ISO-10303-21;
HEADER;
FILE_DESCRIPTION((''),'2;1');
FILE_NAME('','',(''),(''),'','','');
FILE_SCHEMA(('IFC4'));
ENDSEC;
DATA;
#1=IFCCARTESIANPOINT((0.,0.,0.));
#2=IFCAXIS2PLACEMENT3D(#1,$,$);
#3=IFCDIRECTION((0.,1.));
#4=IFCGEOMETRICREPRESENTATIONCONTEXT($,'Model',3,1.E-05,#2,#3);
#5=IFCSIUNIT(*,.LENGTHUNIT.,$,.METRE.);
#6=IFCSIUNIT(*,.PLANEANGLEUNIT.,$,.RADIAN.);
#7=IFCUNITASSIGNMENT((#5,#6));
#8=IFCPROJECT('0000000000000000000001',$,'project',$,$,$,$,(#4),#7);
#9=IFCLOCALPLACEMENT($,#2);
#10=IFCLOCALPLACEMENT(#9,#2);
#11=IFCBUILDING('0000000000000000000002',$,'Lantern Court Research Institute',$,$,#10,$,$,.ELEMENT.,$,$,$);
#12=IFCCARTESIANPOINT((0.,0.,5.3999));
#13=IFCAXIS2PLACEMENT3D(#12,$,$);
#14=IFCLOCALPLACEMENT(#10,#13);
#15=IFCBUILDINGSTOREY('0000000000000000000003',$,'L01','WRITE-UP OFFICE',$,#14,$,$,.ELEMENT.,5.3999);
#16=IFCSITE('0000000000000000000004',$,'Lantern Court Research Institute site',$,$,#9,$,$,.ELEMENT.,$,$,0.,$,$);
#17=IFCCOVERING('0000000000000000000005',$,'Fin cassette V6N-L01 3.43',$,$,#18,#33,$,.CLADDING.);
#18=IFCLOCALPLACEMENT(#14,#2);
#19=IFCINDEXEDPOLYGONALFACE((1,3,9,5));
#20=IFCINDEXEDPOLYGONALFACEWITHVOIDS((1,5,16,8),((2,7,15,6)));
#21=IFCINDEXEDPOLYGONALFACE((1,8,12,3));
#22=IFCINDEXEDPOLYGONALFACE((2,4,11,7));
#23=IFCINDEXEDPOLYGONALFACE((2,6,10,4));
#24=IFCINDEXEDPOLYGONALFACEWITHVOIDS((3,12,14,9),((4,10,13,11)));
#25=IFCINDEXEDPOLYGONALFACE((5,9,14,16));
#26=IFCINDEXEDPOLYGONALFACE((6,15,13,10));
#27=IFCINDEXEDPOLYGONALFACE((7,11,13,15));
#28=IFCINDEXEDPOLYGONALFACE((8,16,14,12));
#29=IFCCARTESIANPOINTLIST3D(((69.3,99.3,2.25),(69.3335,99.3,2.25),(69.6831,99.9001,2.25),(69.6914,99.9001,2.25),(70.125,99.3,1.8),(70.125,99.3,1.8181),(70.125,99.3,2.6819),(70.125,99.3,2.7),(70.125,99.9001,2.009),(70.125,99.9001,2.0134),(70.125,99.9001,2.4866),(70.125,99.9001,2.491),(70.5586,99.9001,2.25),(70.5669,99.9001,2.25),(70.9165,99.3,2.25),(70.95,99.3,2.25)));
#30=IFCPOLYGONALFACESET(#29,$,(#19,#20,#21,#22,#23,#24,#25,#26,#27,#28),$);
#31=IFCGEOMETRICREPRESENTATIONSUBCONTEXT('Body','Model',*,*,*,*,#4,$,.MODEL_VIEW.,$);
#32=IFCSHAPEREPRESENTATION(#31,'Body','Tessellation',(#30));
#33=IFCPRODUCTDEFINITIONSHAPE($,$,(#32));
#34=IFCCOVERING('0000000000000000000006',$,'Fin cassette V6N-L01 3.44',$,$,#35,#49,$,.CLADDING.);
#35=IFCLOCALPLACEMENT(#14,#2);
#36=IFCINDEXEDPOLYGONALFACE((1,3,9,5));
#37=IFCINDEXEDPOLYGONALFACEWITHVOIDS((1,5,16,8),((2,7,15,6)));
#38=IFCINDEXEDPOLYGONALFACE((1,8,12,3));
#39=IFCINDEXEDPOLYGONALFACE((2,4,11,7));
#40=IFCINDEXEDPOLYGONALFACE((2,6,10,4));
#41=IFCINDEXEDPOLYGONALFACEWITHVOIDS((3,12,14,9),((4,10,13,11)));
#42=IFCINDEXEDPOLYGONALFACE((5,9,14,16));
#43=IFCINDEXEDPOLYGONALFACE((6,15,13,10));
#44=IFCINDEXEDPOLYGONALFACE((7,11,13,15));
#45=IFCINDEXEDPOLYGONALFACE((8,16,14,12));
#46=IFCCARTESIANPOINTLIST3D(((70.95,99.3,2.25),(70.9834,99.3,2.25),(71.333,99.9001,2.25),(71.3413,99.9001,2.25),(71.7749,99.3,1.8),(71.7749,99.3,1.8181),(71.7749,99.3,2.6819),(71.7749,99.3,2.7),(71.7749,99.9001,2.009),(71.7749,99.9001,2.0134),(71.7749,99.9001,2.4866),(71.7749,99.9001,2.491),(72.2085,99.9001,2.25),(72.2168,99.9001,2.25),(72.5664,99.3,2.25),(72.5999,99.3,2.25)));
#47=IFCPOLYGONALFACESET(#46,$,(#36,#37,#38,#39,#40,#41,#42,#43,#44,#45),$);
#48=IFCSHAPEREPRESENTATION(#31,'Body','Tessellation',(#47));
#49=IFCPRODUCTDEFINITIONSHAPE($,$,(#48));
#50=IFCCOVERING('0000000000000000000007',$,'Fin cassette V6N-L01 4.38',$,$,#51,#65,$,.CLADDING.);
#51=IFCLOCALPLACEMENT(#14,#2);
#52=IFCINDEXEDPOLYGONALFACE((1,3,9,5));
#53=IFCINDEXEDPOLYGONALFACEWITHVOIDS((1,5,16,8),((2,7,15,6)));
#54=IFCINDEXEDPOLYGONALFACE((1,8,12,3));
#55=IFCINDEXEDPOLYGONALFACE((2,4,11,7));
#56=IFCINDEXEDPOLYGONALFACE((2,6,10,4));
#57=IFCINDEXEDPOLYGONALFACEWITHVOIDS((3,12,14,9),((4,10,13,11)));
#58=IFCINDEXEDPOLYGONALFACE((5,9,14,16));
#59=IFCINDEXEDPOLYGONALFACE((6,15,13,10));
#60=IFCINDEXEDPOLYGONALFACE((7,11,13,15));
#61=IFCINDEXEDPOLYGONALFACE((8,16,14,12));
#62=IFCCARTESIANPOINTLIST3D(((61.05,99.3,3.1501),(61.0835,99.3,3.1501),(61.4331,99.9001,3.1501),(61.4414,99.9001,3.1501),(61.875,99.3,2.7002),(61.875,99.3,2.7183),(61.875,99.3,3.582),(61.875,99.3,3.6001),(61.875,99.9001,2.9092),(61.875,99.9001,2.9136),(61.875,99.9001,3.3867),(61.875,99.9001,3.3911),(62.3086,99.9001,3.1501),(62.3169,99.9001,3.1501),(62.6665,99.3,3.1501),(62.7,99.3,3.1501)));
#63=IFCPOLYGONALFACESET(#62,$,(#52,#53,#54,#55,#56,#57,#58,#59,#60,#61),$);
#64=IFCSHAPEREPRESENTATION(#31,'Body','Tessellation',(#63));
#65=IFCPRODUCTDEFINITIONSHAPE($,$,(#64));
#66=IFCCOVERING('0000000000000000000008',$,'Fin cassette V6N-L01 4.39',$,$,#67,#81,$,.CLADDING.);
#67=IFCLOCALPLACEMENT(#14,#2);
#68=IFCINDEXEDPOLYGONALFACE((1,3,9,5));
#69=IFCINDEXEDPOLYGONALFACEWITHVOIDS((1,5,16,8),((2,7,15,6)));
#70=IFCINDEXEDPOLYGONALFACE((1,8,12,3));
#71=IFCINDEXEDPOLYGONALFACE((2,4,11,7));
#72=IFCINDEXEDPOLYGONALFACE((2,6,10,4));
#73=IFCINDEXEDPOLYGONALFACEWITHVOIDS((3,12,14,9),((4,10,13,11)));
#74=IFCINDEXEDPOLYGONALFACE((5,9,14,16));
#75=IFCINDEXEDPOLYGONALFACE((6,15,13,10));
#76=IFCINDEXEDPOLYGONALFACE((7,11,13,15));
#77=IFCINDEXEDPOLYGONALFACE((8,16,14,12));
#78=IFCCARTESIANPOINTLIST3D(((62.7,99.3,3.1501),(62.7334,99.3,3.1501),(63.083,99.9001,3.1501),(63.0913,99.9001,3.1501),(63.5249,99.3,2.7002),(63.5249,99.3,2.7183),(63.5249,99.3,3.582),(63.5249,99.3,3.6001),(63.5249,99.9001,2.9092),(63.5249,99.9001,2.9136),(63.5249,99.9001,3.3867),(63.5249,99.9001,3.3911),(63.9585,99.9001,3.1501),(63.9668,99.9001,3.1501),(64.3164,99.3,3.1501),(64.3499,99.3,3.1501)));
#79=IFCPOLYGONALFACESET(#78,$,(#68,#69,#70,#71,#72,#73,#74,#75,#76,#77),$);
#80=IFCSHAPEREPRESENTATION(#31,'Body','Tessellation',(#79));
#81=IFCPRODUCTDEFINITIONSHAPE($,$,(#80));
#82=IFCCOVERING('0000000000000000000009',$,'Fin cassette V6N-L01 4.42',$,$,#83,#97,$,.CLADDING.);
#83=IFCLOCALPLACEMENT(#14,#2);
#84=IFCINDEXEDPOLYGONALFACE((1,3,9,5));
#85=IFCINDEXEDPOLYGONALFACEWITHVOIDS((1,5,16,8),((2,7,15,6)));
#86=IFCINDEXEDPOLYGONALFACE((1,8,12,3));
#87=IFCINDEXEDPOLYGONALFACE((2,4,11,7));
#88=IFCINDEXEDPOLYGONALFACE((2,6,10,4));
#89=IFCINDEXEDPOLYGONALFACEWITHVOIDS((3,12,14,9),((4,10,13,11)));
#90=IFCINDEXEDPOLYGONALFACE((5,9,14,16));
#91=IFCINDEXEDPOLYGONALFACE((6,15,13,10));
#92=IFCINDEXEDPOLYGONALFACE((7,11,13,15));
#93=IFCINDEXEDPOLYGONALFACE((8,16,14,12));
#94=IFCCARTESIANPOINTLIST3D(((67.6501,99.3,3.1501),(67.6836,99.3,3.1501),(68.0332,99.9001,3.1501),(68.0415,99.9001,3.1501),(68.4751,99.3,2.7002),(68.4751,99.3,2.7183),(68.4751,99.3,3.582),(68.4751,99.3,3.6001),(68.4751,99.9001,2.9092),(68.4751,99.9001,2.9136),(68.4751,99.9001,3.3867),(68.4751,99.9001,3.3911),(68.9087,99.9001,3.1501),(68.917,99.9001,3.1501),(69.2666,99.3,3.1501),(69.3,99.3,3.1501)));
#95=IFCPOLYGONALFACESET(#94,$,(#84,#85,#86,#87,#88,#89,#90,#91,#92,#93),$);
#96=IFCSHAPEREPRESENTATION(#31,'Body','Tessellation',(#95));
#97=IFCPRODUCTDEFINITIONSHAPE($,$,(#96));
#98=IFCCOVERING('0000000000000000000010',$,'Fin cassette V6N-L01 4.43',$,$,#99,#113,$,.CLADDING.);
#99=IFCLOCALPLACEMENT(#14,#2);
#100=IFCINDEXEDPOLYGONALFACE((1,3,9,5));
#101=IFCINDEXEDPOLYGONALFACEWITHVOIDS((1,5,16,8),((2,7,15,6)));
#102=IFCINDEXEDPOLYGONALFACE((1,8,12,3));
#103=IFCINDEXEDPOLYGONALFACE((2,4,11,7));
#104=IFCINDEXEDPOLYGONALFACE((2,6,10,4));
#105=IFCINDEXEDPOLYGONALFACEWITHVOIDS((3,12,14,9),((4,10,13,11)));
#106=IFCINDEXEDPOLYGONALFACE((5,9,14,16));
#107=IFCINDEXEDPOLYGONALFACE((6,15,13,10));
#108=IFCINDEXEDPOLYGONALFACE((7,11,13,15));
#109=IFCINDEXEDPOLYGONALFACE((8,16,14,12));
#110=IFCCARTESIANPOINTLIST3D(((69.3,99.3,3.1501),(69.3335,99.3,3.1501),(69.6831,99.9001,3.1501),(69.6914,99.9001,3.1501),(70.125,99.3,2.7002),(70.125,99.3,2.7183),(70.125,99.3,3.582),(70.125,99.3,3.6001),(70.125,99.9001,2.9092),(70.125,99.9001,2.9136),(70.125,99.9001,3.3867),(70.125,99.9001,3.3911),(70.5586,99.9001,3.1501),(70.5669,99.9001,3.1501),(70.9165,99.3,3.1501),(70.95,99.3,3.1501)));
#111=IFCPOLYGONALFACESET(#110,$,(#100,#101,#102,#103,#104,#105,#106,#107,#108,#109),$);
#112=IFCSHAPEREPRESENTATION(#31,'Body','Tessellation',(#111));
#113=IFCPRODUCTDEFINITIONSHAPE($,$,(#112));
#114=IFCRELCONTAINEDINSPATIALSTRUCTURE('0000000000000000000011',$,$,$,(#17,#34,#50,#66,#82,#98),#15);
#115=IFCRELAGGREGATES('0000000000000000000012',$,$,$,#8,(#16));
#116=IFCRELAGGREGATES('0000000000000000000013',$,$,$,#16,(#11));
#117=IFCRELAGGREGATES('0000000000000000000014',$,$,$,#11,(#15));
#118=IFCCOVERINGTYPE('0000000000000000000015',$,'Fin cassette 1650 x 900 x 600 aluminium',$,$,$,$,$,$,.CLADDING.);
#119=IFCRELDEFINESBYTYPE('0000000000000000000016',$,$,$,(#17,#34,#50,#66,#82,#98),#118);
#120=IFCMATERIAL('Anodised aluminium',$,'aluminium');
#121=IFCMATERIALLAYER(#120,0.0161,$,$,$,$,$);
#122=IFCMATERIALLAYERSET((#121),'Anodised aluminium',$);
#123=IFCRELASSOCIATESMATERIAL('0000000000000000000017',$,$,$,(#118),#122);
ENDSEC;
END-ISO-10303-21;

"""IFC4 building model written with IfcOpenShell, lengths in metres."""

from ifc_helpers import new_model, entity, si_unit, direction, frame, origin, place, context, subcontext, project, spatial, material, layer, layer_set, type_object, element, save


model = new_model("IFC4")

# Units and contexts
model_context = context("Model", 3, precision=1e-05, world=origin(), true_north=direction((0.0, 1.0)))
body_context = subcontext(model_context, "Body", "Model", "MODEL_VIEW")
ifc_project = project(units=[si_unit("LENGTHUNIT", "METRE"), si_unit("PLANEANGLEUNIT", "RADIAN")], contexts=[model_context])

# Site, building, storey
site_placement = place(None, origin())
site = spatial("IfcSite", under=ifc_project, at=site_placement, Name="Lantern Court Research Institute site", CompositionType="ELEMENT", RefElevation=0.0)
building_placement = place(site_placement, origin())
building = spatial("IfcBuilding", under=site, at=building_placement, Name="Lantern Court Research Institute", CompositionType="ELEMENT")
storey_placement = place(building_placement, frame((0.0, 0.0, 5.3999)))
storey = spatial("IfcBuildingStorey", under=building, at=storey_placement, Name="L01", Description="WRITE-UP OFFICE", CompositionType="ELEMENT", Elevation=5.3999)

# Coverings
ifc_material_1 = material(Name="Anodised aluminium", Category="aluminium")
ifc_layer_1 = layer(ifc_material_1, 0.0161)
ifc_layer_set_1 = layer_set([ifc_layer_1], Name="Anodised aluminium")
covering_type_1 = type_object("IfcCoveringType", Name="Fin cassette 1650 x 900 x 600 aluminium", PredefinedType="CLADDING", material=ifc_layer_set_1)
covering_1_placement = place(storey_placement, frame((70.125, 99.3, 2.25), z_axis=(0.0, 1.0, 0.0), x_axis=(-1.0, 0.0, 0.0)))
cartesian_point_1 = entity("IfcCartesianPoint", [0.825, 0.0])
cartesian_point_2 = entity("IfcCartesianPoint", [0.7915, 0.0])
cartesian_point_3 = entity("IfcCartesianPoint", [0.4419, 0.0])
cartesian_point_4 = entity("IfcCartesianPoint", [0.4336, 0.0])
element("IfcCovering", 1, at=covering_1_placement, inside=storey, type_object=covering_type_1, Name="Fin cassette V6N-L01 3.43", PredefinedType="CLADDING", context=body_context, shape_type="SweptSolid", body=[
    entity("IfcExtrudedAreaSolidTapered", entity("IfcArbitraryProfileDefWithVoids", "AREA", None, entity("IfcPolyline", [cartesian_point_1, entity("IfcCartesianPoint", [0.0, 0.45]), entity("IfcCartesianPoint", [-0.825, 0.0]), entity("IfcCartesianPoint", [0.0, -0.45]), cartesian_point_1]), [entity("IfcPolyline", [cartesian_point_2, entity("IfcCartesianPoint", [0.0, 0.4319]), entity("IfcCartesianPoint", [-0.7915, 0.0]), entity("IfcCartesianPoint", [0.0, -0.4319]), cartesian_point_2])]), entity("IfcAxis2Placement3D", entity("IfcCartesianPoint", [0.0, 0.0, 0.0])), entity("IfcDirection", [0.0, 0.0, 1.0]), 0.6001, entity("IfcArbitraryProfileDefWithVoids", "AREA", None, entity("IfcPolyline", [cartesian_point_3, entity("IfcCartesianPoint", [0.0, 0.241]), entity("IfcCartesianPoint", [-0.4419, 0.0]), entity("IfcCartesianPoint", [0.0, -0.241]), cartesian_point_3]), [entity("IfcPolyline", [cartesian_point_4, entity("IfcCartesianPoint", [0.0, 0.2366]), entity("IfcCartesianPoint", [-0.4336, 0.0]), entity("IfcCartesianPoint", [0.0, -0.2366]), cartesian_point_4])])),
])
covering_2_placement = place(storey_placement, frame((71.7749, 99.3, 2.25), z_axis=(0.0, 1.0, 0.0), x_axis=(-1.0, 0.0, 0.0)))
cartesian_point_5 = entity("IfcCartesianPoint", [0.825, 0.0])
cartesian_point_6 = entity("IfcCartesianPoint", [0.7915, 0.0])
cartesian_point_7 = entity("IfcCartesianPoint", [0.4419, 0.0])
cartesian_point_8 = entity("IfcCartesianPoint", [0.4336, 0.0])
element("IfcCovering", 2, at=covering_2_placement, inside=storey, type_object=covering_type_1, Name="Fin cassette V6N-L01 3.44", PredefinedType="CLADDING", context=body_context, shape_type="SweptSolid", body=[
    entity("IfcExtrudedAreaSolidTapered", entity("IfcArbitraryProfileDefWithVoids", "AREA", None, entity("IfcPolyline", [cartesian_point_5, entity("IfcCartesianPoint", [0.0, 0.45]), entity("IfcCartesianPoint", [-0.825, 0.0]), entity("IfcCartesianPoint", [0.0, -0.45]), cartesian_point_5]), [entity("IfcPolyline", [cartesian_point_6, entity("IfcCartesianPoint", [0.0, 0.4319]), entity("IfcCartesianPoint", [-0.7915, 0.0]), entity("IfcCartesianPoint", [0.0, -0.4319]), cartesian_point_6])]), entity("IfcAxis2Placement3D", entity("IfcCartesianPoint", [0.0, 0.0, 0.0])), entity("IfcDirection", [0.0, 0.0, 1.0]), 0.6001, entity("IfcArbitraryProfileDefWithVoids", "AREA", None, entity("IfcPolyline", [cartesian_point_7, entity("IfcCartesianPoint", [0.0, 0.241]), entity("IfcCartesianPoint", [-0.4419, 0.0]), entity("IfcCartesianPoint", [0.0, -0.241]), cartesian_point_7]), [entity("IfcPolyline", [cartesian_point_8, entity("IfcCartesianPoint", [0.0, 0.2366]), entity("IfcCartesianPoint", [-0.4336, 0.0]), entity("IfcCartesianPoint", [0.0, -0.2366]), cartesian_point_8])])),
])
covering_3_placement = place(storey_placement, frame((61.875, 99.3, 3.1501), z_axis=(0.0, 1.0, 0.0), x_axis=(-1.0, 0.0, 0.0)))
cartesian_point_9 = entity("IfcCartesianPoint", [0.825, 0.0])
cartesian_point_10 = entity("IfcCartesianPoint", [0.7915, 0.0])
cartesian_point_11 = entity("IfcCartesianPoint", [0.4419, 0.0])
cartesian_point_12 = entity("IfcCartesianPoint", [0.4336, 0.0])
element("IfcCovering", 3, at=covering_3_placement, inside=storey, type_object=covering_type_1, Name="Fin cassette V6N-L01 4.38", PredefinedType="CLADDING", context=body_context, shape_type="SweptSolid", body=[
    entity("IfcExtrudedAreaSolidTapered", entity("IfcArbitraryProfileDefWithVoids", "AREA", None, entity("IfcPolyline", [cartesian_point_9, entity("IfcCartesianPoint", [0.0, 0.45]), entity("IfcCartesianPoint", [-0.825, 0.0]), entity("IfcCartesianPoint", [0.0, -0.45]), cartesian_point_9]), [entity("IfcPolyline", [cartesian_point_10, entity("IfcCartesianPoint", [0.0, 0.4319]), entity("IfcCartesianPoint", [-0.7915, 0.0]), entity("IfcCartesianPoint", [0.0, -0.4319]), cartesian_point_10])]), entity("IfcAxis2Placement3D", entity("IfcCartesianPoint", [0.0, 0.0, 0.0])), entity("IfcDirection", [0.0, 0.0, 1.0]), 0.6001, entity("IfcArbitraryProfileDefWithVoids", "AREA", None, entity("IfcPolyline", [cartesian_point_11, entity("IfcCartesianPoint", [0.0, 0.241]), entity("IfcCartesianPoint", [-0.4419, 0.0]), entity("IfcCartesianPoint", [0.0, -0.241]), cartesian_point_11]), [entity("IfcPolyline", [cartesian_point_12, entity("IfcCartesianPoint", [0.0, 0.2366]), entity("IfcCartesianPoint", [-0.4336, 0.0]), entity("IfcCartesianPoint", [0.0, -0.2366]), cartesian_point_12])])),
])
covering_4_placement = place(storey_placement, frame((63.5249, 99.3, 3.1501), z_axis=(0.0, 1.0, 0.0), x_axis=(-1.0, 0.0, 0.0)))
cartesian_point_13 = entity("IfcCartesianPoint", [0.825, 0.0])
cartesian_point_14 = entity("IfcCartesianPoint", [0.7915, 0.0])
cartesian_point_15 = entity("IfcCartesianPoint", [0.4419, 0.0])
cartesian_point_16 = entity("IfcCartesianPoint", [0.4336, 0.0])
element("IfcCovering", 4, at=covering_4_placement, inside=storey, type_object=covering_type_1, Name="Fin cassette V6N-L01 4.39", PredefinedType="CLADDING", context=body_context, shape_type="SweptSolid", body=[
    entity("IfcExtrudedAreaSolidTapered", entity("IfcArbitraryProfileDefWithVoids", "AREA", None, entity("IfcPolyline", [cartesian_point_13, entity("IfcCartesianPoint", [0.0, 0.45]), entity("IfcCartesianPoint", [-0.825, 0.0]), entity("IfcCartesianPoint", [0.0, -0.45]), cartesian_point_13]), [entity("IfcPolyline", [cartesian_point_14, entity("IfcCartesianPoint", [0.0, 0.4319]), entity("IfcCartesianPoint", [-0.7915, 0.0]), entity("IfcCartesianPoint", [0.0, -0.4319]), cartesian_point_14])]), entity("IfcAxis2Placement3D", entity("IfcCartesianPoint", [0.0, 0.0, 0.0])), entity("IfcDirection", [0.0, 0.0, 1.0]), 0.6001, entity("IfcArbitraryProfileDefWithVoids", "AREA", None, entity("IfcPolyline", [cartesian_point_15, entity("IfcCartesianPoint", [0.0, 0.241]), entity("IfcCartesianPoint", [-0.4419, 0.0]), entity("IfcCartesianPoint", [0.0, -0.241]), cartesian_point_15]), [entity("IfcPolyline", [cartesian_point_16, entity("IfcCartesianPoint", [0.0, 0.2366]), entity("IfcCartesianPoint", [-0.4336, 0.0]), entity("IfcCartesianPoint", [0.0, -0.2366]), cartesian_point_16])])),
])
covering_5_placement = place(storey_placement, frame((68.4751, 99.3, 3.1501), z_axis=(0.0, 1.0, 0.0), x_axis=(-1.0, 0.0, 0.0)))
cartesian_point_17 = entity("IfcCartesianPoint", [0.825, 0.0])
cartesian_point_18 = entity("IfcCartesianPoint", [0.7915, 0.0])
cartesian_point_19 = entity("IfcCartesianPoint", [0.4419, 0.0])
cartesian_point_20 = entity("IfcCartesianPoint", [0.4336, 0.0])
element("IfcCovering", 5, at=covering_5_placement, inside=storey, type_object=covering_type_1, Name="Fin cassette V6N-L01 4.42", PredefinedType="CLADDING", context=body_context, shape_type="SweptSolid", body=[
    entity("IfcExtrudedAreaSolidTapered", entity("IfcArbitraryProfileDefWithVoids", "AREA", None, entity("IfcPolyline", [cartesian_point_17, entity("IfcCartesianPoint", [0.0, 0.45]), entity("IfcCartesianPoint", [-0.825, 0.0]), entity("IfcCartesianPoint", [0.0, -0.45]), cartesian_point_17]), [entity("IfcPolyline", [cartesian_point_18, entity("IfcCartesianPoint", [0.0, 0.4319]), entity("IfcCartesianPoint", [-0.7915, 0.0]), entity("IfcCartesianPoint", [0.0, -0.4319]), cartesian_point_18])]), entity("IfcAxis2Placement3D", entity("IfcCartesianPoint", [0.0, 0.0, 0.0])), entity("IfcDirection", [0.0, 0.0, 1.0]), 0.6001, entity("IfcArbitraryProfileDefWithVoids", "AREA", None, entity("IfcPolyline", [cartesian_point_19, entity("IfcCartesianPoint", [0.0, 0.241]), entity("IfcCartesianPoint", [-0.4419, 0.0]), entity("IfcCartesianPoint", [0.0, -0.241]), cartesian_point_19]), [entity("IfcPolyline", [cartesian_point_20, entity("IfcCartesianPoint", [0.0, 0.2366]), entity("IfcCartesianPoint", [-0.4336, 0.0]), entity("IfcCartesianPoint", [0.0, -0.2366]), cartesian_point_20])])),
])
covering_6_placement = place(storey_placement, frame((70.125, 99.3, 3.1501), z_axis=(0.0, 1.0, 0.0), x_axis=(-1.0, 0.0, 0.0)))
cartesian_point_21 = entity("IfcCartesianPoint", [0.825, 0.0])
cartesian_point_22 = entity("IfcCartesianPoint", [0.7915, 0.0])
cartesian_point_23 = entity("IfcCartesianPoint", [0.4419, 0.0])
cartesian_point_24 = entity("IfcCartesianPoint", [0.4336, 0.0])
element("IfcCovering", 6, at=covering_6_placement, inside=storey, type_object=covering_type_1, Name="Fin cassette V6N-L01 4.43", PredefinedType="CLADDING", context=body_context, shape_type="SweptSolid", body=[
    entity("IfcExtrudedAreaSolidTapered", entity("IfcArbitraryProfileDefWithVoids", "AREA", None, entity("IfcPolyline", [cartesian_point_21, entity("IfcCartesianPoint", [0.0, 0.45]), entity("IfcCartesianPoint", [-0.825, 0.0]), entity("IfcCartesianPoint", [0.0, -0.45]), cartesian_point_21]), [entity("IfcPolyline", [cartesian_point_22, entity("IfcCartesianPoint", [0.0, 0.4319]), entity("IfcCartesianPoint", [-0.7915, 0.0]), entity("IfcCartesianPoint", [0.0, -0.4319]), cartesian_point_22])]), entity("IfcAxis2Placement3D", entity("IfcCartesianPoint", [0.0, 0.0, 0.0])), entity("IfcDirection", [0.0, 0.0, 1.0]), 0.6001, entity("IfcArbitraryProfileDefWithVoids", "AREA", None, entity("IfcPolyline", [cartesian_point_23, entity("IfcCartesianPoint", [0.0, 0.241]), entity("IfcCartesianPoint", [-0.4419, 0.0]), entity("IfcCartesianPoint", [0.0, -0.241]), cartesian_point_23]), [entity("IfcPolyline", [cartesian_point_24, entity("IfcCartesianPoint", [0.0, 0.2366]), entity("IfcCartesianPoint", [-0.4336, 0.0]), entity("IfcCartesianPoint", [0.0, -0.2366]), cartesian_point_24])])),
])

save(model, "model.ifc")
